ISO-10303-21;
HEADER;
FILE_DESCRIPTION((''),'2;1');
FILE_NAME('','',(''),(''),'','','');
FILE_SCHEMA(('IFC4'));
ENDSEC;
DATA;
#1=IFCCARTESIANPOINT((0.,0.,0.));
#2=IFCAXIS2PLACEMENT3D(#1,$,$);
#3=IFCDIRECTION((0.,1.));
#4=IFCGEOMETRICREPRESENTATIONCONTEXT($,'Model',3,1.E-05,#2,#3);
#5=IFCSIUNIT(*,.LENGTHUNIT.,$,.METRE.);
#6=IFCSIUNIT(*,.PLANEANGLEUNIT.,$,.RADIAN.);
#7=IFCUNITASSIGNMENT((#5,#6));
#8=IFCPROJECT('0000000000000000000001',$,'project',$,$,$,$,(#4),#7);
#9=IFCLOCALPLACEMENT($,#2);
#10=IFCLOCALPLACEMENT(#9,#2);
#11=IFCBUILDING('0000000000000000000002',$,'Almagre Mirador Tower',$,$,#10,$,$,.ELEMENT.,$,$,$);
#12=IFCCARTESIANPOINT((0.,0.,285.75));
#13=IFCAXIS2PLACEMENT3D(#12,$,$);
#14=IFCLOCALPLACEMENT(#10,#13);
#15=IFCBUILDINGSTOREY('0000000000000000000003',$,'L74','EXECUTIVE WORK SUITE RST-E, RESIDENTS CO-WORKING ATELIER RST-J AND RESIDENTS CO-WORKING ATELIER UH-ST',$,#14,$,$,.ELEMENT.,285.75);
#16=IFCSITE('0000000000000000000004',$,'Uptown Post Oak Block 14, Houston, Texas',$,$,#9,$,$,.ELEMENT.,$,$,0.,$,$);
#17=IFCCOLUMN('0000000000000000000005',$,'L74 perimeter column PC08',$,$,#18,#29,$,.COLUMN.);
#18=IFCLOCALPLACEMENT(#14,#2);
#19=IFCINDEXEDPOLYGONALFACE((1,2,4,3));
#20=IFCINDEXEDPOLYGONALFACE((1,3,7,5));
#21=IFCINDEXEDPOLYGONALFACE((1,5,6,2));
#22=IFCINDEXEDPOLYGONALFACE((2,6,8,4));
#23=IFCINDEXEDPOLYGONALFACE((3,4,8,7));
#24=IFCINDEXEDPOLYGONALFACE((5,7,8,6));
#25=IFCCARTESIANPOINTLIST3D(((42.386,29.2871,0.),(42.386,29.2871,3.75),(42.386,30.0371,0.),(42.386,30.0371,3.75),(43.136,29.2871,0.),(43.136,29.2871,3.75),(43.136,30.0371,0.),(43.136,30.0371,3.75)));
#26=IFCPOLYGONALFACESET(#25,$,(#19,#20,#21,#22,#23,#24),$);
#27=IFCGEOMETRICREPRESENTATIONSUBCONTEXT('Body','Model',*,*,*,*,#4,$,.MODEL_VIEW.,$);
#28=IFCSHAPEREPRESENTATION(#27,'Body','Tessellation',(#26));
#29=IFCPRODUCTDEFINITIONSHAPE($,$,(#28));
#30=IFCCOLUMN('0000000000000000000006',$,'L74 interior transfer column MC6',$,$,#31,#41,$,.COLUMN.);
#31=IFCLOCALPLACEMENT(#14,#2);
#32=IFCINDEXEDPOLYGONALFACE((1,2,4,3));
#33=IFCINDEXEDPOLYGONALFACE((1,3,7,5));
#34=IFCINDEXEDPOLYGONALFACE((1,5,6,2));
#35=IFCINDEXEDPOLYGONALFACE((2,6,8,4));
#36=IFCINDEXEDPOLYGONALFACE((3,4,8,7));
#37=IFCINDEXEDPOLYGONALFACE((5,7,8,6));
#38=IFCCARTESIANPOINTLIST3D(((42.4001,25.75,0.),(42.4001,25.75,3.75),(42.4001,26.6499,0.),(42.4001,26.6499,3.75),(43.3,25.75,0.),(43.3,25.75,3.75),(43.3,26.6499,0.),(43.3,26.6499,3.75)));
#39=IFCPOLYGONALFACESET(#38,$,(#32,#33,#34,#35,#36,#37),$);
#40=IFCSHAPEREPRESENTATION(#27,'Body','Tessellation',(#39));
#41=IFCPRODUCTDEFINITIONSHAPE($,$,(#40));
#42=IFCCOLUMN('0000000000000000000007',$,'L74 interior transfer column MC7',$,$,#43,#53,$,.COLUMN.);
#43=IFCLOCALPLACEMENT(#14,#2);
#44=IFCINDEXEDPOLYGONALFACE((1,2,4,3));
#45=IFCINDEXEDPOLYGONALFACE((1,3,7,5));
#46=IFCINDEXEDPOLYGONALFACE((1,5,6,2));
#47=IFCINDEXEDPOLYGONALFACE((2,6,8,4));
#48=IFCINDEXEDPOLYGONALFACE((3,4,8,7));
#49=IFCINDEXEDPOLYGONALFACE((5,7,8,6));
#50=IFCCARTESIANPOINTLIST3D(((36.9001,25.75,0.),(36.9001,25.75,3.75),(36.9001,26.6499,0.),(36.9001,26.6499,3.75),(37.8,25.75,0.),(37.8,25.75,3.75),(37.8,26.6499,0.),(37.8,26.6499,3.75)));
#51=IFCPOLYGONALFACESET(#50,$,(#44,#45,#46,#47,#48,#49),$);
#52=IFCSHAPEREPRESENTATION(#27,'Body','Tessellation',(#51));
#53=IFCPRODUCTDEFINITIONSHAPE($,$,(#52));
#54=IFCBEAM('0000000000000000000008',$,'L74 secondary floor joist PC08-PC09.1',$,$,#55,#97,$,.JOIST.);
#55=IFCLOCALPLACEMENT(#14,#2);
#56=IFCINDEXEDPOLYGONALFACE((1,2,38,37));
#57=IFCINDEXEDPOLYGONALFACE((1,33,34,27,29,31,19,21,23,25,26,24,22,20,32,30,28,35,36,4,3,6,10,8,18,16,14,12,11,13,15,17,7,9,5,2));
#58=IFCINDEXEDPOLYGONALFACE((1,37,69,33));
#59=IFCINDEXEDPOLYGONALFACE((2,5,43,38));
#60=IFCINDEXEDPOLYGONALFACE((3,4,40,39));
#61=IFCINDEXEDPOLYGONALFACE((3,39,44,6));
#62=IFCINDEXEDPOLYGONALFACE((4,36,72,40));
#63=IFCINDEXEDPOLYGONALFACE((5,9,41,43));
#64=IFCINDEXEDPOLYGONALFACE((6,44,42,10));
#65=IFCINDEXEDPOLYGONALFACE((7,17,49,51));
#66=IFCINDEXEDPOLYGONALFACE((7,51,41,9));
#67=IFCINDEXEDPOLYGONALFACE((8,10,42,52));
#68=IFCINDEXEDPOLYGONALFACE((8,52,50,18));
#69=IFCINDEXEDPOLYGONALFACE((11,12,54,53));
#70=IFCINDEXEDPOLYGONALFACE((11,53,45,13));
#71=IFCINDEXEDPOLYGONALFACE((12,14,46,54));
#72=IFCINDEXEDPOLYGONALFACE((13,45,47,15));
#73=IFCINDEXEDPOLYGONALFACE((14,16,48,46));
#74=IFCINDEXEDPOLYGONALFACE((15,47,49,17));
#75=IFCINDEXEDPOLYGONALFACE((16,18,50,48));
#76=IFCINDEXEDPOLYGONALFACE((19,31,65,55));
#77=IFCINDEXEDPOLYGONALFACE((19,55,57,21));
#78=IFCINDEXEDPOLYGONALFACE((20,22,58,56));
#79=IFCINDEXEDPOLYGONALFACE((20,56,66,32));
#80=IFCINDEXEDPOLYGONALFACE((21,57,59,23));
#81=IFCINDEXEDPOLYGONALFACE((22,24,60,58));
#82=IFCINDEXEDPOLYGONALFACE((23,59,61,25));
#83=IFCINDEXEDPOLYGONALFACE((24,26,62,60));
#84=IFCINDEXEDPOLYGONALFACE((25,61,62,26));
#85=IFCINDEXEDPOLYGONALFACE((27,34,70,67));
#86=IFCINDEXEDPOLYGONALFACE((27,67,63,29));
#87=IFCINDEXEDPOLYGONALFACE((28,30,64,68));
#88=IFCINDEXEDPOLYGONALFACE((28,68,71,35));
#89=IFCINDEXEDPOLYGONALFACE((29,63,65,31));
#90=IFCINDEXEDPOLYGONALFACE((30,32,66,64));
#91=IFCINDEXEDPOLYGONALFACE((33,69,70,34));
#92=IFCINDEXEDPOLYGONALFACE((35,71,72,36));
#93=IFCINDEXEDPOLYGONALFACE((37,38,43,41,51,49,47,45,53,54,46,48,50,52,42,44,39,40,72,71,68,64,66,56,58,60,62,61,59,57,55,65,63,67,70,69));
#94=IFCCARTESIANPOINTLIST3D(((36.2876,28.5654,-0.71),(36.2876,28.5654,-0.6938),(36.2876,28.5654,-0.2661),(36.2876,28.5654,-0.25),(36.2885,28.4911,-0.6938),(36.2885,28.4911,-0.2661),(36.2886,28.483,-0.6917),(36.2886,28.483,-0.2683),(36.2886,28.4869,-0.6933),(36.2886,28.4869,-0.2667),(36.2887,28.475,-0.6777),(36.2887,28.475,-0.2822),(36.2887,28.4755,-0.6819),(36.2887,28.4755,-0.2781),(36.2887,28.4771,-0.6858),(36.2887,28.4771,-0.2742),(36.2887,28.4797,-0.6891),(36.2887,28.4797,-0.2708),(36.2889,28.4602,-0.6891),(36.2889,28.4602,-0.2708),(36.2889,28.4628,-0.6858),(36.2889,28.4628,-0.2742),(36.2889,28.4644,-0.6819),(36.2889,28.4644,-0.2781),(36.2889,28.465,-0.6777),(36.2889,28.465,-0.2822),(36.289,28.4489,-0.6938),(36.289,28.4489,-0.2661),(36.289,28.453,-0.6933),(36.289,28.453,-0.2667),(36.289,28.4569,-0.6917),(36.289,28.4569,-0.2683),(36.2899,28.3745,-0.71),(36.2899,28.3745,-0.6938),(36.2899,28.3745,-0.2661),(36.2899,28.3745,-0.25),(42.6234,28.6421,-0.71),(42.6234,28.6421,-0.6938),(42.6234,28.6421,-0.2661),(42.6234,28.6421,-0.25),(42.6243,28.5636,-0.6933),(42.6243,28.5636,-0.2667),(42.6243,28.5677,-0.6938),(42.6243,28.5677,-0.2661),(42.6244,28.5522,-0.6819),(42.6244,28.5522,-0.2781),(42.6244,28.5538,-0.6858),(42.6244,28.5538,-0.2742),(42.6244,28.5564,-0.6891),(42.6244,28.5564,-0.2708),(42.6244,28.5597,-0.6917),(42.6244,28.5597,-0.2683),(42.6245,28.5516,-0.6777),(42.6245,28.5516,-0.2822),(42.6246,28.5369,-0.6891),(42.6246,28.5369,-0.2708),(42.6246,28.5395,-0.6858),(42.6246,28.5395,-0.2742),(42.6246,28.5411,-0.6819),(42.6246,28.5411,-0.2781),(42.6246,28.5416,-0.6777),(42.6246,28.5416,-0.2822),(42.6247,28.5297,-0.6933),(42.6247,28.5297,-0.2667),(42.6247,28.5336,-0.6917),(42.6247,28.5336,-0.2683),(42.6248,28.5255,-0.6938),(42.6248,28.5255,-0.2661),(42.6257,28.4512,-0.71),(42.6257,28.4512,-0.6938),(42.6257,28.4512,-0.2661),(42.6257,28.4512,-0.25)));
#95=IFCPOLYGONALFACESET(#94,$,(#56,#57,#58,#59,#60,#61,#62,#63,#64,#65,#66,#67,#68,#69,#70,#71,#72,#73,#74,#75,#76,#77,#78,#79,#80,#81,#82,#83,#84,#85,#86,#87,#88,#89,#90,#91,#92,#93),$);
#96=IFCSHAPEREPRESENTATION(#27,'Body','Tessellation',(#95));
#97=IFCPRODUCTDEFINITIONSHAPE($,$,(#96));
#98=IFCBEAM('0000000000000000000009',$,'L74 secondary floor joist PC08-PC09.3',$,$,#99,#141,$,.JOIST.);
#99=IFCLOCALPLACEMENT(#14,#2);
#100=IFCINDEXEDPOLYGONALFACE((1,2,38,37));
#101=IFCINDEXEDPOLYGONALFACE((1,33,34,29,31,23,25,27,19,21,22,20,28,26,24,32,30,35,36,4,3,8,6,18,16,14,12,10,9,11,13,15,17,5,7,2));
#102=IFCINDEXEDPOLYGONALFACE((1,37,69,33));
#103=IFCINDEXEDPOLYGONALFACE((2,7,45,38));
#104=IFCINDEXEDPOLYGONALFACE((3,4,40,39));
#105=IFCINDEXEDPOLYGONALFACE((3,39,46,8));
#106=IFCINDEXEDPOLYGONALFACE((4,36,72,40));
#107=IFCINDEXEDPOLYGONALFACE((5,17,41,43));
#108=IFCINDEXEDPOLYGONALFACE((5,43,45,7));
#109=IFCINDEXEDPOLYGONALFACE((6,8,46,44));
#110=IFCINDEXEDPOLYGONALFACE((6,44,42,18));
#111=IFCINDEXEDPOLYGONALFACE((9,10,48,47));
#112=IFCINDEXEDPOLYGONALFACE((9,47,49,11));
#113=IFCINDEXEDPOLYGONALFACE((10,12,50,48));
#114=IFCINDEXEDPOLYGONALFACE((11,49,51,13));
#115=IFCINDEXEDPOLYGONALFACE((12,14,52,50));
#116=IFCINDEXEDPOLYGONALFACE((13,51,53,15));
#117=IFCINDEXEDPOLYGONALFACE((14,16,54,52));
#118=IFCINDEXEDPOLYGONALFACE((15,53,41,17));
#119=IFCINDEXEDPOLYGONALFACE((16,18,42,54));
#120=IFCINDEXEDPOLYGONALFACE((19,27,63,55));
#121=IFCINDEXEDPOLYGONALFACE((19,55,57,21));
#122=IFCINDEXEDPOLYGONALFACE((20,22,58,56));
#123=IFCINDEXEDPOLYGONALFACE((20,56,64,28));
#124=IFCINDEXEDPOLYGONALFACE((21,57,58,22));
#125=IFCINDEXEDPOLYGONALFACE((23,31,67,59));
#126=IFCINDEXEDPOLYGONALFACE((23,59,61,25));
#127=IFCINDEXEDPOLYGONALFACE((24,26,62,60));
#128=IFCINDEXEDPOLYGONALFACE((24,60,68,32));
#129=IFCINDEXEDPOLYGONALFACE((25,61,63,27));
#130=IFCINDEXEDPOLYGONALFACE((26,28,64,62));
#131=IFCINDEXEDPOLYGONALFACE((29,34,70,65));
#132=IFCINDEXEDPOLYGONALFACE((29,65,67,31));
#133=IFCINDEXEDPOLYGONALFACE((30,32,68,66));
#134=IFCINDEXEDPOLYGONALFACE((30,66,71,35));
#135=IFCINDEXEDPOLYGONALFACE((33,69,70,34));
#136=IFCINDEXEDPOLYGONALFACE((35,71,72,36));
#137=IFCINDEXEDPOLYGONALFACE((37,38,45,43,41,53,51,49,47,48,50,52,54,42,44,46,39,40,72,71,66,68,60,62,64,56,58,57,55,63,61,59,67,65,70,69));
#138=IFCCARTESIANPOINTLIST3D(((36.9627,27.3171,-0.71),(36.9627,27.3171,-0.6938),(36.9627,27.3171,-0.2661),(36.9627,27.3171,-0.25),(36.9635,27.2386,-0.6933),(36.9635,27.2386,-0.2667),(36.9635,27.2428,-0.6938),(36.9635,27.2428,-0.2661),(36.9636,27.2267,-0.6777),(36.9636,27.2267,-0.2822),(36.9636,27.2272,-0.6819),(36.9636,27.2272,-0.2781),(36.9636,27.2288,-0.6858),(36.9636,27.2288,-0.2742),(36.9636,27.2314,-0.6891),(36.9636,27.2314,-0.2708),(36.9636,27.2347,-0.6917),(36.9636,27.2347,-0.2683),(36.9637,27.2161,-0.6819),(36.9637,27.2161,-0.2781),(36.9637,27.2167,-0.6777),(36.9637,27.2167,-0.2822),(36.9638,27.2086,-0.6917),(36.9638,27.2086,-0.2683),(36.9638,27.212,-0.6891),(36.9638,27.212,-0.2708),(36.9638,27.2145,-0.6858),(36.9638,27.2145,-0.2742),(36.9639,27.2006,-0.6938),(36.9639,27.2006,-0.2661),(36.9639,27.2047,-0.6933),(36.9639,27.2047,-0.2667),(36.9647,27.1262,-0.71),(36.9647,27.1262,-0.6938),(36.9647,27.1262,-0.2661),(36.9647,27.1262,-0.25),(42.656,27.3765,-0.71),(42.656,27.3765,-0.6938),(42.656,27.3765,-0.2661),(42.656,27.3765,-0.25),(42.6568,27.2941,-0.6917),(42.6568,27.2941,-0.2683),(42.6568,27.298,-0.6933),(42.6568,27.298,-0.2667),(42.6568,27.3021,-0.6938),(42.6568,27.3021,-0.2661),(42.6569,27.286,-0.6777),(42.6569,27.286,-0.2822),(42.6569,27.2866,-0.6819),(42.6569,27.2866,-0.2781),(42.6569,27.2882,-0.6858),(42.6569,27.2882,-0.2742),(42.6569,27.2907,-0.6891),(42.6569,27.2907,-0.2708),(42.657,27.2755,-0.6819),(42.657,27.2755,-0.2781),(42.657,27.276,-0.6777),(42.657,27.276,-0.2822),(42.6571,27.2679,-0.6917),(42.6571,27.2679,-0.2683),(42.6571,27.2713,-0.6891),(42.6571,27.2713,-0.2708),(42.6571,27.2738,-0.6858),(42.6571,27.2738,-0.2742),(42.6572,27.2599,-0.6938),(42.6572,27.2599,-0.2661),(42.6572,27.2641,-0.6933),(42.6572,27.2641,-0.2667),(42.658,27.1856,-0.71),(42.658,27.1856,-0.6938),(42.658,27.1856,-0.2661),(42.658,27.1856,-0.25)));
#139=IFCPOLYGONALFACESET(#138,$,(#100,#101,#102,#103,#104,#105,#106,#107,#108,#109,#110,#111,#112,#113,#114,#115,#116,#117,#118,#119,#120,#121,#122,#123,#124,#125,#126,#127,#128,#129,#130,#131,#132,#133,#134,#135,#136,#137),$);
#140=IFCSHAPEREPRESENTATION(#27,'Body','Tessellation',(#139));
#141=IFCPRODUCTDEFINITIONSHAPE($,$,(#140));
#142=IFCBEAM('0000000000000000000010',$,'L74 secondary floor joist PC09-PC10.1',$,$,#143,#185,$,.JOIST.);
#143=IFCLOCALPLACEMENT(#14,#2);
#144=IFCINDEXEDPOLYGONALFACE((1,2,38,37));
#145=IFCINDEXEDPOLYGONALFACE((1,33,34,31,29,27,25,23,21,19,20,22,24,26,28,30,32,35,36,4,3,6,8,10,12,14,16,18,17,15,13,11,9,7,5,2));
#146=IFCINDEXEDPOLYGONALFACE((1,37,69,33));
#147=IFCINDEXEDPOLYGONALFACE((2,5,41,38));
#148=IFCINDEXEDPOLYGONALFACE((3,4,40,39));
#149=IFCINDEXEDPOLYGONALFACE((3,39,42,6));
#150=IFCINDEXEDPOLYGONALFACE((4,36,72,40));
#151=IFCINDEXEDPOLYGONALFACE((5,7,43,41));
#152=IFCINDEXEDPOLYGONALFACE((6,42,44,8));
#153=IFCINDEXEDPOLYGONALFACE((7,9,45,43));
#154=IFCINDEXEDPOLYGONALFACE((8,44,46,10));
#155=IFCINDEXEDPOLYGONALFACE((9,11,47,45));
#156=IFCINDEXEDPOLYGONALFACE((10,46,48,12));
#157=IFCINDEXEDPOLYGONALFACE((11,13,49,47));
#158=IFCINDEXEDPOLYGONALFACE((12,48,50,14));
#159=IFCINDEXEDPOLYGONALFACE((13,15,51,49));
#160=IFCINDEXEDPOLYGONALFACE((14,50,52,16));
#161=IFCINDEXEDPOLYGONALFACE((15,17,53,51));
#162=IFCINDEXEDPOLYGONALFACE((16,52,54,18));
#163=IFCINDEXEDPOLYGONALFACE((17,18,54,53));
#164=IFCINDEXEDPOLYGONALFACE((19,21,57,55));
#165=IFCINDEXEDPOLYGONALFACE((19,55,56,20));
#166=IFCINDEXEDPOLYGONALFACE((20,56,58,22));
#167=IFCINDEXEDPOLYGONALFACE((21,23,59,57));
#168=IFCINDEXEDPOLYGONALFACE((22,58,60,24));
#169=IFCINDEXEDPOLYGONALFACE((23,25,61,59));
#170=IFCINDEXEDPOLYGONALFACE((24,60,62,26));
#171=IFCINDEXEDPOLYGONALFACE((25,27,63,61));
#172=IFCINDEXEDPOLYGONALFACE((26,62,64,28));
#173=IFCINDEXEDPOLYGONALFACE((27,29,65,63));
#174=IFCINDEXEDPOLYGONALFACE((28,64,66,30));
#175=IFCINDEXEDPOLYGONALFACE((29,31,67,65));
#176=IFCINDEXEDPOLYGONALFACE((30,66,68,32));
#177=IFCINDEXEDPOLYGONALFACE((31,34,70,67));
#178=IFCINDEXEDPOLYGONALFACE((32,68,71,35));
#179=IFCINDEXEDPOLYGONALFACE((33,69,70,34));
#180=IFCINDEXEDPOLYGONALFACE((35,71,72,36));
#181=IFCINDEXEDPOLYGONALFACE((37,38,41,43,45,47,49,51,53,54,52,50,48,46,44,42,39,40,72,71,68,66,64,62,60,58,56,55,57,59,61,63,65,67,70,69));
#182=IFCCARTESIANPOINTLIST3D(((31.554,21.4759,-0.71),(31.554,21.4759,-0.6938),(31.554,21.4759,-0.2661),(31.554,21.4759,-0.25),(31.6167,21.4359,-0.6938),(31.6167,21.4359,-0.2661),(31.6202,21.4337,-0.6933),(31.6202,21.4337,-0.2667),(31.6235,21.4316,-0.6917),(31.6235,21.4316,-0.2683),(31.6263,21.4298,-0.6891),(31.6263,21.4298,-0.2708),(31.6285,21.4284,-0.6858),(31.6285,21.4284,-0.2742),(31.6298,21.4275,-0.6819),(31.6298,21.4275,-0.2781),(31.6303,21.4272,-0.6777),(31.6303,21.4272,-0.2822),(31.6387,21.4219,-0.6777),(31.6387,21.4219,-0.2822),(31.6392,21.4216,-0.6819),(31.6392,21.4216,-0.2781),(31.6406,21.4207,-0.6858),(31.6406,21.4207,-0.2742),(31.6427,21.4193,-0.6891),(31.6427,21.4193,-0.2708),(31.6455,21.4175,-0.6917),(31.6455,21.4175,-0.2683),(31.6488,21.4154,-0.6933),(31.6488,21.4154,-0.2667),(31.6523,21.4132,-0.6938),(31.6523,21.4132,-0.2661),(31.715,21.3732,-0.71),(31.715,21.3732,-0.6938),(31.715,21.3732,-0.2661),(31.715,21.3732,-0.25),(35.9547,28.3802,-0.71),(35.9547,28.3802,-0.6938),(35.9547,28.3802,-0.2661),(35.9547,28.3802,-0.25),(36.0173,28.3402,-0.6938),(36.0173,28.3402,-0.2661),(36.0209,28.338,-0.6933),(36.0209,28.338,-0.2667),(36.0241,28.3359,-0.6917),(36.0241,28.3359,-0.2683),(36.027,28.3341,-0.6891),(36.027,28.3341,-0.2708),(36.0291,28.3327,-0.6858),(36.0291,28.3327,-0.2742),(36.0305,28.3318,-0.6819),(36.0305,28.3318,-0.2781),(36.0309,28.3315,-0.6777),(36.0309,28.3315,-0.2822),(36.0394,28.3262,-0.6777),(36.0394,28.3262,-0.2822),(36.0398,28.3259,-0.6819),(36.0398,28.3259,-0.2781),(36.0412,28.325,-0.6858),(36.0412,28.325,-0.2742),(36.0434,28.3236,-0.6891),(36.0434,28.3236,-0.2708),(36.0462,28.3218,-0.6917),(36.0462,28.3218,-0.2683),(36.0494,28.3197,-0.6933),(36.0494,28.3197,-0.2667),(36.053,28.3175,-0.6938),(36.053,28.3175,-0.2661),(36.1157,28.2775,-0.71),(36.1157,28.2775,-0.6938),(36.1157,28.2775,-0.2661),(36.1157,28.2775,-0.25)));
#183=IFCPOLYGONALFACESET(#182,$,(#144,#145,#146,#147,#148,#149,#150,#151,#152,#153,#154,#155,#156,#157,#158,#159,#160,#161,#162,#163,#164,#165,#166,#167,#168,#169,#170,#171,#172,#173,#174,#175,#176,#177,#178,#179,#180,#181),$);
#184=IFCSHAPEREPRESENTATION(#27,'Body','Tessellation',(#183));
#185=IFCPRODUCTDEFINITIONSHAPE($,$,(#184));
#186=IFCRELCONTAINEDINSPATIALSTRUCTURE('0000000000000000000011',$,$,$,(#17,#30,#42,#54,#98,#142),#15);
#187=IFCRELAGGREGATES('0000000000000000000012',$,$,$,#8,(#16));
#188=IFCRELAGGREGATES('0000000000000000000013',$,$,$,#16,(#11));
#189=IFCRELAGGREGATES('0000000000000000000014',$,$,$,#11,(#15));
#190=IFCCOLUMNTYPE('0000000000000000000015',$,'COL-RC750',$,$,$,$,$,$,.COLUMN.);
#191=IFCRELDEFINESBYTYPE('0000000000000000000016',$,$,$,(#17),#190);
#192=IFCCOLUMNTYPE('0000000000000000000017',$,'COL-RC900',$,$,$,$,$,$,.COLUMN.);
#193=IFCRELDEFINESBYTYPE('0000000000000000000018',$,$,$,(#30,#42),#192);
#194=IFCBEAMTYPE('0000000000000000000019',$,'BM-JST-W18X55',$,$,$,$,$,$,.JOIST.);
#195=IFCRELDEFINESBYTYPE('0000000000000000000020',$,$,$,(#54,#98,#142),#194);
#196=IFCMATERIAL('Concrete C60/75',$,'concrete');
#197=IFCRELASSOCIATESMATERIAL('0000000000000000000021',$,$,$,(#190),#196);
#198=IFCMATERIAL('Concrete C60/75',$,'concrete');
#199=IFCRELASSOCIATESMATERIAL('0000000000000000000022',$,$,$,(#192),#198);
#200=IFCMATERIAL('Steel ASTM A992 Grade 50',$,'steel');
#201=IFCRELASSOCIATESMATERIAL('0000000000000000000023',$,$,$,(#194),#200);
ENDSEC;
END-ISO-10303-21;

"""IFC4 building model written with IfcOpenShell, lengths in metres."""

from ifc_helpers import new_model, si_unit, direction, frame, origin, origin_2d, place, context, subcontext, project, spatial, rectangle, i_section, extrude, material, material_profile, profile_set, type_object, element, save


model = new_model("IFC4")

# Units and contexts
model_context = context("Model", 3, precision=1e-05, world=origin(), true_north=direction((0.0, 1.0)))
body_context = subcontext(model_context, "Body", "Model", "MODEL_VIEW")
ifc_project = project(units=[si_unit("LENGTHUNIT", "METRE"), si_unit("PLANEANGLEUNIT", "RADIAN")], contexts=[model_context])

# Site, building, storey
site_placement = place(None, origin())
site = spatial("IfcSite", under=ifc_project, at=site_placement, Name="Uptown Post Oak Block 14, Houston, Texas", CompositionType="ELEMENT", RefElevation=0.0)
building_placement = place(site_placement, origin())
building = spatial("IfcBuilding", under=site, at=building_placement, Name="Almagre Mirador Tower", CompositionType="ELEMENT")
storey_placement = place(building_placement, frame((0.0, 0.0, 285.75)))
storey = spatial("IfcBuildingStorey", under=building, at=storey_placement, Name="L74", Description="EXECUTIVE WORK SUITE RST-E, RESIDENTS CO-WORKING ATELIER RST-J AND RESIDENTS CO-WORKING ATELIER UH-ST", CompositionType="ELEMENT", Elevation=285.75)

# Columns
ifc_material_1 = material(Name="Concrete C60/75", Category="concrete")
ifc_material_profile_1 = material_profile(ifc_material_1, rectangle(XDim=0.75, YDim=0.75, at=origin_2d()), Name="RC750X750")
ifc_profile_set_1 = profile_set([ifc_material_profile_1], Name="Concrete C60/75")
column_type_1 = type_object("IfcColumnType", Name="COL-RC750", PredefinedType="COLUMN", material=ifc_profile_set_1)
column_placement = place(storey_placement, frame((42.761, 29.6621, 0.0), z_axis=(0.0, 0.0, 1.0), x_axis=(1.0, 0.0, 0.0)))
element("IfcColumn", 1, at=column_placement, inside=storey, type_object=column_type_1, Name="L74 perimeter column PC08", PredefinedType="COLUMN", context=body_context, shape_type="SweptSolid", body=[
    extrude(rectangle(XDim=0.75, YDim=0.75, at=origin_2d()), origin(), (0.0, 0.0, 1.0), 3.75),
])
ifc_material_2 = material(Name="Concrete C60/75", Category="concrete")
ifc_material_profile_2 = material_profile(ifc_material_2, rectangle(XDim=0.8999, YDim=0.8999, at=origin_2d()), Name="RC900X900")
ifc_profile_set_2 = profile_set([ifc_material_profile_2], Name="Concrete C60/75")
column_type_2 = type_object("IfcColumnType", Name="COL-RC900", PredefinedType="COLUMN", material=ifc_profile_set_2)
for number, where, z_axis, x_axis, name in (
    (2, (42.8501, 26.2, 0.0), (0.0, 0.0, 1.0), (1.0, 0.0, 0.0), "L74 interior transfer column MC6"),
    (3, (37.3501, 26.2, 0.0), (0.0, 0.0, 1.0), (1.0, 0.0, 0.0), "L74 interior transfer column MC7"),
):
    element("IfcColumn", number, at=place(storey_placement, frame(where, z_axis=z_axis, x_axis=x_axis)), inside=storey, type_object=column_type_2, Name=name, PredefinedType="COLUMN", context=body_context, shape_type="SweptSolid", body=[
        extrude(rectangle(XDim=0.8999, YDim=0.8999, at=origin_2d()), origin(), (0.0, 0.0, 1.0), 3.75),
    ])

# Beams
ifc_material_3 = material(Name="Steel ASTM A992 Grade 50", Category="steel")
ifc_material_profile_3 = material_profile(ifc_material_3, i_section(OverallWidth=0.1909, OverallDepth=0.46, WebThickness=0.01, FlangeThickness=0.0161, FilletRadius=0.0161, at=origin_2d()), Name="W18X55")
ifc_profile_set_3 = profile_set([ifc_material_profile_3], Name="Steel ASTM A992 Grade 50")
beam_type_1 = type_object("IfcBeamType", Name="BM-JST-W18X55", PredefinedType="JOIST", material=ifc_profile_set_3)
beam_1_placement = place(storey_placement, frame((42.6245, 28.5466, -0.48), z_axis=(-0.999927, -0.012099, 0.0), x_axis=(0.012099, -0.999927, 0.0)))
element("IfcBeam", 4, at=beam_1_placement, inside=storey, type_object=beam_type_1, Name="L74 secondary floor joist PC08-PC09.1", PredefinedType="JOIST", context=body_context, shape_type="SweptSolid", body=[
    extrude(i_section(OverallWidth=0.1909, OverallDepth=0.46, WebThickness=0.01, FlangeThickness=0.0161, FilletRadius=0.0161, at=origin_2d()), origin(), (0.0, 0.0, 1.0), 6.3362),
])
beam_2_placement = place(storey_placement, frame((42.657, 27.281, -0.48), z_axis=(-0.999946, -0.01042, 0.0), x_axis=(0.01042, -0.999946, 0.0)))
element("IfcBeam", 5, at=beam_2_placement, inside=storey, type_object=beam_type_1, Name="L74 secondary floor joist PC08-PC09.3", PredefinedType="JOIST", context=body_context, shape_type="SweptSolid", body=[
    extrude(i_section(OverallWidth=0.1909, OverallDepth=0.46, WebThickness=0.01, FlangeThickness=0.0161, FilletRadius=0.0161, at=origin_2d()), origin(), (0.0, 0.0, 1.0), 5.6936),
])
beam_3_placement = place(storey_placement, frame((36.0352, 28.3289, -0.48), z_axis=(-0.537483, -0.843275, 0.0), x_axis=(0.843275, -0.537483, 0.0)))
element("IfcBeam", 6, at=beam_3_placement, inside=storey, type_object=beam_type_1, Name="L74 secondary floor joist PC09-PC10.1", PredefinedType="JOIST", context=body_context, shape_type="SweptSolid", body=[
    extrude(i_section(OverallWidth=0.1909, OverallDepth=0.46, WebThickness=0.01, FlangeThickness=0.0161, FilletRadius=0.0161, at=origin_2d()), origin(), (0.0, 0.0, 1.0), 8.1875),
])

save(model, "model.ifc")
